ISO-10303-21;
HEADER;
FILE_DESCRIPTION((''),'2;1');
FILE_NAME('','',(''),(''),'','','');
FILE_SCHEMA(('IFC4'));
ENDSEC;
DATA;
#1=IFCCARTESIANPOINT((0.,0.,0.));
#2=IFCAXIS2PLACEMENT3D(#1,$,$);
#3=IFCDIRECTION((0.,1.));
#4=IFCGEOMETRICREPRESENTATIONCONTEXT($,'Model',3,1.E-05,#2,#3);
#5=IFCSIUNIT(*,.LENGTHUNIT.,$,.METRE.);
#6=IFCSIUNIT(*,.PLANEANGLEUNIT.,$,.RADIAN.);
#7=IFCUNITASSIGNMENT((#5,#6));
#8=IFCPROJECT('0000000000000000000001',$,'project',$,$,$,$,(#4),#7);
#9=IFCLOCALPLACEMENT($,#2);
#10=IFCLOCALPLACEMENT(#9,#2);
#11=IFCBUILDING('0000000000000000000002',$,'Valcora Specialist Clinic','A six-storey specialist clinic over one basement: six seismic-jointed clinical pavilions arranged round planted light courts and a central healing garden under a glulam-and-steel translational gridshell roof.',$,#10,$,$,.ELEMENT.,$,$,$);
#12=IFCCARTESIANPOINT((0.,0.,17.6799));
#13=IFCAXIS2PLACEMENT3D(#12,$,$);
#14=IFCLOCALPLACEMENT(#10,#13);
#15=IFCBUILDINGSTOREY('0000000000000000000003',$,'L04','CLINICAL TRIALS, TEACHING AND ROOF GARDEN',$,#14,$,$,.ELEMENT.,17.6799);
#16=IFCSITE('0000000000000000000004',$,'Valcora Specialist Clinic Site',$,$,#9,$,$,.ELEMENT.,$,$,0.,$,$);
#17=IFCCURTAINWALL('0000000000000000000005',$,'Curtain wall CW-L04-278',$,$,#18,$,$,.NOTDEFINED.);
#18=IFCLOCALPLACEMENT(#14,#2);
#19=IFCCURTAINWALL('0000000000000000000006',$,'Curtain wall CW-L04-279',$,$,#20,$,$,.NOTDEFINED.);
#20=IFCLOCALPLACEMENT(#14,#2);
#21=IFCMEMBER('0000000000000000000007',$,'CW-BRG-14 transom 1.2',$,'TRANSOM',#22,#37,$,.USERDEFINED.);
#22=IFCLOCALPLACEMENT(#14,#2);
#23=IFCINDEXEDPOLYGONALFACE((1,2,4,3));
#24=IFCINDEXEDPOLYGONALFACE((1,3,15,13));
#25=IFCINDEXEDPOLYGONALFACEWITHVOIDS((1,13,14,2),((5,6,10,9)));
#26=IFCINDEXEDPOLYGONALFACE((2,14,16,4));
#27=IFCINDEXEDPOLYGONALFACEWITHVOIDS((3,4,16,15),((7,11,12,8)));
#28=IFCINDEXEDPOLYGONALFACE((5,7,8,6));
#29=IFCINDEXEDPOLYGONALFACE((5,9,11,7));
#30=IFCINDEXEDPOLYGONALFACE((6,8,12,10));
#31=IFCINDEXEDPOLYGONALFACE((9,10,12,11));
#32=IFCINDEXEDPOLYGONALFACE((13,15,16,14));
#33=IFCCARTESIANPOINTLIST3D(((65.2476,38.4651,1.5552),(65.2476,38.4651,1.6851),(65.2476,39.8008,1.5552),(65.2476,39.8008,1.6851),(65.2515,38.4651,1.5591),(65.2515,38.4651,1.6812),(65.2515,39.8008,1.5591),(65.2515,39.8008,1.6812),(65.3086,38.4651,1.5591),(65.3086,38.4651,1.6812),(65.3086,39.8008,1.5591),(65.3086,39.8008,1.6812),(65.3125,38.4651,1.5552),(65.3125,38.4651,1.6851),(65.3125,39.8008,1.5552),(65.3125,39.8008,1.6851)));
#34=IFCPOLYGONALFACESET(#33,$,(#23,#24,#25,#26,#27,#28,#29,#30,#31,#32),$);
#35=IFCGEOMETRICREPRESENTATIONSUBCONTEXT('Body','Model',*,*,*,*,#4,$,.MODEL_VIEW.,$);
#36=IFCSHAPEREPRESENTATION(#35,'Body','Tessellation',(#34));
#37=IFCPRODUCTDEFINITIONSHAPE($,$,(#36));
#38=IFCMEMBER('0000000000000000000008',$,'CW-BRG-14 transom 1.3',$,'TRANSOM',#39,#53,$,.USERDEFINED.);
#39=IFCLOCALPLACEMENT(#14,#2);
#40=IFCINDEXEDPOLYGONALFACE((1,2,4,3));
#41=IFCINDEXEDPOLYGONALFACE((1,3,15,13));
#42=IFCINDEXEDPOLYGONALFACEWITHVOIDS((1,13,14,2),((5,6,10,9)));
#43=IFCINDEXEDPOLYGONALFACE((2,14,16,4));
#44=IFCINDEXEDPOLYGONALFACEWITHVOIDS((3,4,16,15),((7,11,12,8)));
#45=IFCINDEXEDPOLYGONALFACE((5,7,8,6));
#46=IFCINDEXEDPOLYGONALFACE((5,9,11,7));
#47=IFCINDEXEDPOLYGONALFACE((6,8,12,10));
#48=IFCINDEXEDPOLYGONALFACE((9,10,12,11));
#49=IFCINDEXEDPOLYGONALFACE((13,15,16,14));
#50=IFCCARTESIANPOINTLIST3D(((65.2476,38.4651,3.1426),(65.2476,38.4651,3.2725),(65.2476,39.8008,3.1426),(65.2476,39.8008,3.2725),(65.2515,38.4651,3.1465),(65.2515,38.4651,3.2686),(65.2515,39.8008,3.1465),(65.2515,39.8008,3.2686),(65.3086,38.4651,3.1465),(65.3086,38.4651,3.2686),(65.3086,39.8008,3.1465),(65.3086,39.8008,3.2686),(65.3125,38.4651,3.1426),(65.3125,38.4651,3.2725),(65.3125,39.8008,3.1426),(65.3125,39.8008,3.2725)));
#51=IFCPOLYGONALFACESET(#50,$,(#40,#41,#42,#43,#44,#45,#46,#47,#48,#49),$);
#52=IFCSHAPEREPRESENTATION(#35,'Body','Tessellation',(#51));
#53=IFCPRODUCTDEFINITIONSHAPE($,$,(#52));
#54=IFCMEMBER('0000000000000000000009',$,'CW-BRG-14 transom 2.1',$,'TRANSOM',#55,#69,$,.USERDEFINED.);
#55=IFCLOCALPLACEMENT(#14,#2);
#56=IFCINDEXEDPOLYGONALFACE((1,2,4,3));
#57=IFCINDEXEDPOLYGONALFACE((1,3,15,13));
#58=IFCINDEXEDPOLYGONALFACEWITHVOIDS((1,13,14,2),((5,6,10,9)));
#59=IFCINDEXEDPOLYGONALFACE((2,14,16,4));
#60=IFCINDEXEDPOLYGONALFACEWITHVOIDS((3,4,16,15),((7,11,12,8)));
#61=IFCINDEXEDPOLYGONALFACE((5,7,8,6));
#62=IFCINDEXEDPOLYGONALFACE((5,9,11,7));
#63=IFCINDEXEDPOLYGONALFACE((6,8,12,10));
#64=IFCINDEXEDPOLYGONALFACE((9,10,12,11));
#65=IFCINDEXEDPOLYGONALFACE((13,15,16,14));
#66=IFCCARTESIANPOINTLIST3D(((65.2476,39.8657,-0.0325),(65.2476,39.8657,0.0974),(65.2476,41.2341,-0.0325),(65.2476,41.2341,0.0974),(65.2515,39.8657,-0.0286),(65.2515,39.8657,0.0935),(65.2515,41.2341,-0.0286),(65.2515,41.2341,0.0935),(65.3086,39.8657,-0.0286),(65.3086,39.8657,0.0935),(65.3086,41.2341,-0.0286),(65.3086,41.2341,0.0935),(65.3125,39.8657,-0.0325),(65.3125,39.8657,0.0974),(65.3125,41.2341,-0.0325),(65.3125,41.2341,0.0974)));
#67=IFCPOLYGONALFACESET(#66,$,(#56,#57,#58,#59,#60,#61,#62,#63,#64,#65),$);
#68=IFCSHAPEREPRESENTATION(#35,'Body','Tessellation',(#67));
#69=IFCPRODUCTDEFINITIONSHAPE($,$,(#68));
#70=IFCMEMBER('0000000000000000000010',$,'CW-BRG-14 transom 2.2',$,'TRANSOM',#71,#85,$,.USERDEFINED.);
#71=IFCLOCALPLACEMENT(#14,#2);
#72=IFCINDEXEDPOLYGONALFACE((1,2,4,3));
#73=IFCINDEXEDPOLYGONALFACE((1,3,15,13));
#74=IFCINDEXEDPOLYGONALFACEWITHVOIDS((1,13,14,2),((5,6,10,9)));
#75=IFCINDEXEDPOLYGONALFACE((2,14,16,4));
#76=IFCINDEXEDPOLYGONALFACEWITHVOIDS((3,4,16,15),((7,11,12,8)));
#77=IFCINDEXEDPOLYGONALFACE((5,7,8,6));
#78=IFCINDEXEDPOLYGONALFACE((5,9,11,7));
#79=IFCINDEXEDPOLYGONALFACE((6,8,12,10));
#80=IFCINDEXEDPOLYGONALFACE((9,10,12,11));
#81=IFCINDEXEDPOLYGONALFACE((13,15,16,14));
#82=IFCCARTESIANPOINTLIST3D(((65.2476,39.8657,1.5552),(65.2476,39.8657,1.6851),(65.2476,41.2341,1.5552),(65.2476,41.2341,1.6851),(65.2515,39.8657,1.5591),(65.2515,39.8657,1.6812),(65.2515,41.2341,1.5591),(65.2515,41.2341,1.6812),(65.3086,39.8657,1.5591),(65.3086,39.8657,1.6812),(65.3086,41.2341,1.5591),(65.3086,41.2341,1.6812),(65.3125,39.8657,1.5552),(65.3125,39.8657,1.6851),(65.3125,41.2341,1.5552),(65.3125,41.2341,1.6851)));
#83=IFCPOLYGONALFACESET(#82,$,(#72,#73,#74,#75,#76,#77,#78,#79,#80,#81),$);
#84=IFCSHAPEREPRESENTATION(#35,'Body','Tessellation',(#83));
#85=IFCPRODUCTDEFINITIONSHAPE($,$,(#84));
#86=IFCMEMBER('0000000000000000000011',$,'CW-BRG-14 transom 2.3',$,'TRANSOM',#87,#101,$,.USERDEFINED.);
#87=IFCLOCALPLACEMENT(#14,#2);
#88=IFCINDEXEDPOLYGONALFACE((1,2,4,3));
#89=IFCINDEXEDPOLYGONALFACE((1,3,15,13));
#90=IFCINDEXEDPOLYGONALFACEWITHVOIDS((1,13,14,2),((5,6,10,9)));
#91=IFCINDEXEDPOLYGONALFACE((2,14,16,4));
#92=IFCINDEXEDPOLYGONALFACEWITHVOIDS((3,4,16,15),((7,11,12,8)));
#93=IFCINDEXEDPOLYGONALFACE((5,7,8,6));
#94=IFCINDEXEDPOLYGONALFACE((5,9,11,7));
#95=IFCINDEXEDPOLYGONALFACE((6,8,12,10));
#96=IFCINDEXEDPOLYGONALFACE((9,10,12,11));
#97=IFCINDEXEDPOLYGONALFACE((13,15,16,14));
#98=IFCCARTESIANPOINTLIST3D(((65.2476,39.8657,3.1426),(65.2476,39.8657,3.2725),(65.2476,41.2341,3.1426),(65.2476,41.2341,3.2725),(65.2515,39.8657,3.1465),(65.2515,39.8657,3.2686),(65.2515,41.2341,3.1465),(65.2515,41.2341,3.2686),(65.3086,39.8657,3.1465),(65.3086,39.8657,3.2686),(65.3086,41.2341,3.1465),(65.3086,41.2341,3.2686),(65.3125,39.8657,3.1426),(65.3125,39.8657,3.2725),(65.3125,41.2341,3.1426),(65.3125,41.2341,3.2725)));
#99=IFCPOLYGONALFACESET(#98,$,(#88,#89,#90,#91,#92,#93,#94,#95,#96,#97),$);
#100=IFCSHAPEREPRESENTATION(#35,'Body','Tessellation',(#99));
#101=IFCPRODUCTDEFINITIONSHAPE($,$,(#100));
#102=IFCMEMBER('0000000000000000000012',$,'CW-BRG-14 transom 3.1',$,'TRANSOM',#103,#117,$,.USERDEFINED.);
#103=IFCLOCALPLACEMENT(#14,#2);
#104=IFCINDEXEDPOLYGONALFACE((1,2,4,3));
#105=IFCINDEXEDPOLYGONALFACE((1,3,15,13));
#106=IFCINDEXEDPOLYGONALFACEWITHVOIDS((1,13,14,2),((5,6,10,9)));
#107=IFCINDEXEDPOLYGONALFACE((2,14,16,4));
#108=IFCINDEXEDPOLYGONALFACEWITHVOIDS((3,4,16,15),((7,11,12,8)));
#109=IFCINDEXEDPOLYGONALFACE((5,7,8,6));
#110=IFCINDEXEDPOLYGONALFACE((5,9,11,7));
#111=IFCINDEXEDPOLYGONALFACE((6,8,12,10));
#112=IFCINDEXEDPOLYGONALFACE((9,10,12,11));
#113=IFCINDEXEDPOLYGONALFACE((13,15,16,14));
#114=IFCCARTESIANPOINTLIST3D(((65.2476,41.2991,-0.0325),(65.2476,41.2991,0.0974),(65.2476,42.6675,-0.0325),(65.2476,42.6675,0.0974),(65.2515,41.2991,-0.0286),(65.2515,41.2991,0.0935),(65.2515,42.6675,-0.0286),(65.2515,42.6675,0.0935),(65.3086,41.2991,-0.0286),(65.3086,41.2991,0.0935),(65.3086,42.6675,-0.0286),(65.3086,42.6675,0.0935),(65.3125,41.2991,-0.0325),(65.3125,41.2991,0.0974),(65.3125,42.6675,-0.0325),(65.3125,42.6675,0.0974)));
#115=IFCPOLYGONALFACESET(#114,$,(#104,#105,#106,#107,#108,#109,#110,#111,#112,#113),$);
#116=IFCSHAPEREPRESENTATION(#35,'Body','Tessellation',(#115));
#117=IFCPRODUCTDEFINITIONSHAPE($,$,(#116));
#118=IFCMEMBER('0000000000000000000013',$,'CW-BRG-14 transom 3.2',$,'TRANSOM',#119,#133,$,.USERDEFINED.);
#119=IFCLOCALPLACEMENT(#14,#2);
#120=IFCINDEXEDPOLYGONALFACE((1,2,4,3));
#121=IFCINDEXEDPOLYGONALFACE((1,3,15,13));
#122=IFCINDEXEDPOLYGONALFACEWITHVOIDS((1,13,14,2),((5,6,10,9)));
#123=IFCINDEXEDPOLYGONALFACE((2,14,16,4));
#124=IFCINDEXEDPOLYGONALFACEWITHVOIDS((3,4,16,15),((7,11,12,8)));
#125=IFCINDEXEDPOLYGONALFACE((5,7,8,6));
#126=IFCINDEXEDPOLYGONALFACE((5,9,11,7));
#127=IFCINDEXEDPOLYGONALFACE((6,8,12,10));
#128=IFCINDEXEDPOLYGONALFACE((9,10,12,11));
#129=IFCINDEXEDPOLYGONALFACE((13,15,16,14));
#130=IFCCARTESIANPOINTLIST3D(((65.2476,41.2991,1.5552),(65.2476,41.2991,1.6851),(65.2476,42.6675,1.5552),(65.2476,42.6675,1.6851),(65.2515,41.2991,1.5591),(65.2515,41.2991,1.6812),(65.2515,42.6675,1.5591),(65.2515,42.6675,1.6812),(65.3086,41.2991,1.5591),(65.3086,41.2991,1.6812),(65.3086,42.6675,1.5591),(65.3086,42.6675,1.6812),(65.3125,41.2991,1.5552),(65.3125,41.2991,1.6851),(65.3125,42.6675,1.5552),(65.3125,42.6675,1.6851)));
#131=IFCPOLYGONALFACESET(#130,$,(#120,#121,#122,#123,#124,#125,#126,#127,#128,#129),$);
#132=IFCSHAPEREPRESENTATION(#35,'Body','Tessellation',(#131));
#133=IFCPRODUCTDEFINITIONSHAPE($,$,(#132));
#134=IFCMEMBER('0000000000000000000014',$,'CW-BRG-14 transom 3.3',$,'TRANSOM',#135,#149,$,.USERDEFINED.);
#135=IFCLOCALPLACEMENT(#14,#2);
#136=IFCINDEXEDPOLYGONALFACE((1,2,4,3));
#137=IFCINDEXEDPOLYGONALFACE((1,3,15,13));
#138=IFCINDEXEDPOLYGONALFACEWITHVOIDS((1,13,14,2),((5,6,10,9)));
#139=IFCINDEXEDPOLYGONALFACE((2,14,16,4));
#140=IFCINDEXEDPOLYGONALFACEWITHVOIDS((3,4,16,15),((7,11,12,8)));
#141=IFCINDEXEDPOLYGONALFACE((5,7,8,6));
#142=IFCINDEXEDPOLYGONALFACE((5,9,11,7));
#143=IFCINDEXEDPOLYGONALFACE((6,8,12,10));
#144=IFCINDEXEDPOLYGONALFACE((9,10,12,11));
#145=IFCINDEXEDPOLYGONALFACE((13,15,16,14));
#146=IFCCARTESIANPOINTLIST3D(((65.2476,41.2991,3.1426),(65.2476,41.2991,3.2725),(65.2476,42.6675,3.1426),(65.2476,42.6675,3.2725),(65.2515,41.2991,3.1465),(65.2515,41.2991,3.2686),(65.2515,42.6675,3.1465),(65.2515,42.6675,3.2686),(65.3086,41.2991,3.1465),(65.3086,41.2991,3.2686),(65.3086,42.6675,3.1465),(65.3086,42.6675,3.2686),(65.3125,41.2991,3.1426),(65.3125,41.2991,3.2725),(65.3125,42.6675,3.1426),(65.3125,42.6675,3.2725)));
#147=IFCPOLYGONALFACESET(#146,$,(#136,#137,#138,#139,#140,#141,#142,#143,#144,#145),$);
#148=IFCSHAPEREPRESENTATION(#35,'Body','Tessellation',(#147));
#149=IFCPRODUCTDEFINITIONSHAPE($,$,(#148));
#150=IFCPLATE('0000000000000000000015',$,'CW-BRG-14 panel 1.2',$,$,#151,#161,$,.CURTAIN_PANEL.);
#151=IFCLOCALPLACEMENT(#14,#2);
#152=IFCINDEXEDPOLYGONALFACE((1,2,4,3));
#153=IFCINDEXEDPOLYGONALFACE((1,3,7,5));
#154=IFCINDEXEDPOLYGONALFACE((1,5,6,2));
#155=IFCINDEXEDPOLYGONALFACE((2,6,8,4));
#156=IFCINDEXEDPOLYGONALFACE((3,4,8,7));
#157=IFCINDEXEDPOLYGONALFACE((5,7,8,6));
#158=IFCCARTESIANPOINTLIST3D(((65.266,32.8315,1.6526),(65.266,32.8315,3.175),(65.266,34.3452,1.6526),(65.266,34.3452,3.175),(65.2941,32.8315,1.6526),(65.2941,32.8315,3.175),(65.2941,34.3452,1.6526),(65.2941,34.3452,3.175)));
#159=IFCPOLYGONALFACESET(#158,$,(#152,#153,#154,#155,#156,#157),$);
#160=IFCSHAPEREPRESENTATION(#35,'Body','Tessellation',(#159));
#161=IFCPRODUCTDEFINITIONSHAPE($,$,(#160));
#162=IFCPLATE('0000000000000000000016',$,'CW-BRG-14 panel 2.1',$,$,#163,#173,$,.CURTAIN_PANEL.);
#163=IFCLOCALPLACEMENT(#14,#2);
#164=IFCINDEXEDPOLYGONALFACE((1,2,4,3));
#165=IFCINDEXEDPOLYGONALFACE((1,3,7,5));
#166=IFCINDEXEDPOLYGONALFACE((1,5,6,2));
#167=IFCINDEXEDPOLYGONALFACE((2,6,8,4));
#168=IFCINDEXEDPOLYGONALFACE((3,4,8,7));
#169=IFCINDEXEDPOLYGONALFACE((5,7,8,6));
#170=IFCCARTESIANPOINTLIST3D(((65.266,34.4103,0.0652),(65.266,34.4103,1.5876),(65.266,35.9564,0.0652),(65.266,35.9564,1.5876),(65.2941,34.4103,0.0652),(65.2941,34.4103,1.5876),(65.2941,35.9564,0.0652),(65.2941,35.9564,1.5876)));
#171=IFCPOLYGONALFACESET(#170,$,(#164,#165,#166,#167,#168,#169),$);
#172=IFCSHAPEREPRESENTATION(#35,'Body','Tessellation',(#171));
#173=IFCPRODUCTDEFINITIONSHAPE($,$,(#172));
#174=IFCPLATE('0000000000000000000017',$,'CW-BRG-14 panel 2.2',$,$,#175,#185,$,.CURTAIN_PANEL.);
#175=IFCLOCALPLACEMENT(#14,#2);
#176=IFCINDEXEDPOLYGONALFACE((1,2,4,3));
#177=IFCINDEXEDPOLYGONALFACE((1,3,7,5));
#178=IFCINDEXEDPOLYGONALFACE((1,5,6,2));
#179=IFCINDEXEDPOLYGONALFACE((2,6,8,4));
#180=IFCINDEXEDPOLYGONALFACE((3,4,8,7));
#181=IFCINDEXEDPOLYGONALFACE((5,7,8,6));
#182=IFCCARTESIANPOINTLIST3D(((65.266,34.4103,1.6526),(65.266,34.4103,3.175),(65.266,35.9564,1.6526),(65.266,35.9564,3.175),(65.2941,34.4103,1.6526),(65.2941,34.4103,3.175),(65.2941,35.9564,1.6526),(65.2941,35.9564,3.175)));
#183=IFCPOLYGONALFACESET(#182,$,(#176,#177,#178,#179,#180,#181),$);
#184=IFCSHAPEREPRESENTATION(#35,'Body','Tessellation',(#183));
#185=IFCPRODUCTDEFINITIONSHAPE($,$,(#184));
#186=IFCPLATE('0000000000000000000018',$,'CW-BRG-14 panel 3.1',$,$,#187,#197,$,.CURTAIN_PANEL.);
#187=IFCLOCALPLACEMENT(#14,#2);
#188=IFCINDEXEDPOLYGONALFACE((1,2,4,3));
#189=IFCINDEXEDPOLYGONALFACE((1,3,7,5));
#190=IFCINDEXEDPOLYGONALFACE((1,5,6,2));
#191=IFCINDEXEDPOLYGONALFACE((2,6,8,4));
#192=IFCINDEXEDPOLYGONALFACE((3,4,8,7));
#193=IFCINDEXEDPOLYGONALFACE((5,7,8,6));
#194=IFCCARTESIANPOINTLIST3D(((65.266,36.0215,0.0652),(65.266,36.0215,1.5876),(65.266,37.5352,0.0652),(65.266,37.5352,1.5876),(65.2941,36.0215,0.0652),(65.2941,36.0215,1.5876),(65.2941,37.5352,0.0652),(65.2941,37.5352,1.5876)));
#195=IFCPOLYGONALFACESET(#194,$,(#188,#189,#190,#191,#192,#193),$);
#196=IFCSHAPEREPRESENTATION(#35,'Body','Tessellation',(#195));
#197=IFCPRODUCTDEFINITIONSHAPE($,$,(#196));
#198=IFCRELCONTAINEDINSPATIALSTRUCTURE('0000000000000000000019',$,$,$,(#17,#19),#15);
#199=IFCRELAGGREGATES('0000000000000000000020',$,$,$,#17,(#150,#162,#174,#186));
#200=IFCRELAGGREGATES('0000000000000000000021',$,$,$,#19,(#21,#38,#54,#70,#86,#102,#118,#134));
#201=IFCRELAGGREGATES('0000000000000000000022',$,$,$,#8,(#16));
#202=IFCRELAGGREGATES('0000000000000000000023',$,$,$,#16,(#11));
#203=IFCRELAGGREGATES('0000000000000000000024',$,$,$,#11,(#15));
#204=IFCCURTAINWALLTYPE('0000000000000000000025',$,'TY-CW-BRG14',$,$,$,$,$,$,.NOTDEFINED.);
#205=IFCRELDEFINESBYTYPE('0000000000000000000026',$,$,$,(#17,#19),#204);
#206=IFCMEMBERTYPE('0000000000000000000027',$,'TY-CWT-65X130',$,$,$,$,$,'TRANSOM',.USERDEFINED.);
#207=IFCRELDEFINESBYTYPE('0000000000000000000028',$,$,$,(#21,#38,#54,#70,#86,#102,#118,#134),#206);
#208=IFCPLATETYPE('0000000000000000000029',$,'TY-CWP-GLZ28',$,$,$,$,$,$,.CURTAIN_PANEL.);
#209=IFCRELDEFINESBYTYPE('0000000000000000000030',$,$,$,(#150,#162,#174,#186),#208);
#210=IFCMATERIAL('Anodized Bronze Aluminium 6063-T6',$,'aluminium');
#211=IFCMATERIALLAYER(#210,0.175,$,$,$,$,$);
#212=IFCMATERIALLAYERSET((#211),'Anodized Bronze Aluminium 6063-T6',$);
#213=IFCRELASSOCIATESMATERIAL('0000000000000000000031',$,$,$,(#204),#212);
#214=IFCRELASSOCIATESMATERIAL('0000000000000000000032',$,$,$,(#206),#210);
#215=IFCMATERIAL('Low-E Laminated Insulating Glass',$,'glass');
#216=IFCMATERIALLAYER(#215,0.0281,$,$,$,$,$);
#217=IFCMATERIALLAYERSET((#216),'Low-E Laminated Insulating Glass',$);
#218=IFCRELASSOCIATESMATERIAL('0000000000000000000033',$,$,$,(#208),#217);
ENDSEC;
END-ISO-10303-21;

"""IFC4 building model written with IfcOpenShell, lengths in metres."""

from ifc_helpers import new_model, si_unit, direction, frame, origin, origin_2d, place, context, subcontext, project, spatial, rectangle, hollow_rectangle, extrude, material, layer, layer_set, material_profile, profile_set, type_object, element, aggregate, save


model = new_model("IFC4")

# Units and contexts
model_context = context("Model", 3, precision=1e-05, world=origin(), true_north=direction((0.0, 1.0)))
body_context = subcontext(model_context, "Body", "Model", "MODEL_VIEW")
ifc_project = project(units=[si_unit("LENGTHUNIT", "METRE"), si_unit("PLANEANGLEUNIT", "RADIAN")], contexts=[model_context])

# Site, building, storey
site_placement = place(None, origin())
site = spatial("IfcSite", under=ifc_project, at=site_placement, Name="Valcora Specialist Clinic Site", CompositionType="ELEMENT", RefElevation=0.0)
building_placement = place(site_placement, origin())
building = spatial("IfcBuilding", under=site, at=building_placement, Name="Valcora Specialist Clinic", Description="A six-storey specialist clinic over one basement: six seismic-jointed clinical pavilions arranged round planted light courts and a central healing garden under a glulam-and-steel translational gridshell roof.", CompositionType="ELEMENT")
storey_placement = place(building_placement, frame((0.0, 0.0, 17.6799)))
storey = spatial("IfcBuildingStorey", under=building, at=storey_placement, Name="L04", Description="CLINICAL TRIALS, TEACHING AND ROOF GARDEN", CompositionType="ELEMENT", Elevation=17.6799)

# Curtain walls
ifc_material_1 = material(Name="Anodized Bronze Aluminium 6063-T6", Category="aluminium")
ifc_layer_1 = layer(ifc_material_1, 0.175)
ifc_layer_set_1 = layer_set([ifc_layer_1], Name="Anodized Bronze Aluminium 6063-T6")
curtain_wall_type = type_object("IfcCurtainWallType", Name="TY-CW-BRG14", PredefinedType="NOTDEFINED", material=ifc_layer_set_1)
curtain_wall_1_placement = place(storey_placement, origin())
curtain_wall_1 = element("IfcCurtainWall", 1, at=curtain_wall_1_placement, inside=storey, type_object=curtain_wall_type, Name="Curtain wall CW-L04-278", PredefinedType="NOTDEFINED")
curtain_wall_2_placement = place(storey_placement, origin())
curtain_wall_2 = element("IfcCurtainWall", 2, at=curtain_wall_2_placement, inside=storey, type_object=curtain_wall_type, Name="Curtain wall CW-L04-279", PredefinedType="NOTDEFINED")

# Members
ifc_material_profile_1 = material_profile(ifc_material_1, hollow_rectangle(XDim=0.0649, YDim=0.1299, WallThickness=0.0039, at=origin_2d()), Name="AL-TRN-65X130")
ifc_profile_set_1 = profile_set([ifc_material_profile_1], Name="Anodized Bronze Aluminium 6063-T6")
member_type_1 = type_object("IfcMemberType", Name="TY-CWT-65X130", ElementType="TRANSOM", PredefinedType="USERDEFINED", material=ifc_profile_set_1)
member_1_placement = place(storey_placement, frame((65.28, 38.4651, 1.6201), z_axis=(0.0, 1.0, 0.0), x_axis=(-1.0, 0.0, 0.0)))
member_1 = element("IfcMember", 3, at=member_1_placement, type_object=member_type_1, Name="CW-BRG-14 transom 1.2", ObjectType="TRANSOM", PredefinedType="USERDEFINED", context=body_context, shape_type="SweptSolid", body=[
    extrude(hollow_rectangle(XDim=0.0649, YDim=0.1299, WallThickness=0.0039, at=origin_2d()), origin(), (0.0, 0.0, 1.0), 1.3357),
])
member_2_placement = place(storey_placement, frame((65.28, 38.4651, 3.2075), z_axis=(0.0, 1.0, 0.0), x_axis=(-1.0, 0.0, 0.0)))
member_2 = element("IfcMember", 4, at=member_2_placement, type_object=member_type_1, Name="CW-BRG-14 transom 1.3", ObjectType="TRANSOM", PredefinedType="USERDEFINED", context=body_context, shape_type="SweptSolid", body=[
    extrude(hollow_rectangle(XDim=0.0649, YDim=0.1299, WallThickness=0.0039, at=origin_2d()), origin(), (0.0, 0.0, 1.0), 1.3357),
])
member_3_placement = place(storey_placement, frame((65.28, 39.8657, 0.0325), z_axis=(0.0, 1.0, 0.0), x_axis=(-1.0, 0.0, 0.0)))
member_3 = element("IfcMember", 5, at=member_3_placement, type_object=member_type_1, Name="CW-BRG-14 transom 2.1", ObjectType="TRANSOM", PredefinedType="USERDEFINED", context=body_context, shape_type="SweptSolid", body=[
    extrude(hollow_rectangle(XDim=0.0649, YDim=0.1299, WallThickness=0.0039, at=origin_2d()), origin(), (0.0, 0.0, 1.0), 1.3684),
])
member_4_placement = place(storey_placement, frame((65.28, 39.8657, 1.6201), z_axis=(0.0, 1.0, 0.0), x_axis=(-1.0, 0.0, 0.0)))
member_4 = element("IfcMember", 6, at=member_4_placement, type_object=member_type_1, Name="CW-BRG-14 transom 2.2", ObjectType="TRANSOM", PredefinedType="USERDEFINED", context=body_context, shape_type="SweptSolid", body=[
    extrude(hollow_rectangle(XDim=0.0649, YDim=0.1299, WallThickness=0.0039, at=origin_2d()), origin(), (0.0, 0.0, 1.0), 1.3684),
])
member_5_placement = place(storey_placement, frame((65.28, 39.8657, 3.2075), z_axis=(0.0, 1.0, 0.0), x_axis=(-1.0, 0.0, 0.0)))
member_5 = element("IfcMember", 7, at=member_5_placement, type_object=member_type_1, Name="CW-BRG-14 transom 2.3", ObjectType="TRANSOM", PredefinedType="USERDEFINED", context=body_context, shape_type="SweptSolid", body=[
    extrude(hollow_rectangle(XDim=0.0649, YDim=0.1299, WallThickness=0.0039, at=origin_2d()), origin(), (0.0, 0.0, 1.0), 1.3684),
])
member_6_placement = place(storey_placement, frame((65.28, 41.2991, 0.0325), z_axis=(0.0, 1.0, 0.0), x_axis=(-1.0, 0.0, 0.0)))
member_6 = element("IfcMember", 8, at=member_6_placement, type_object=member_type_1, Name="CW-BRG-14 transom 3.1", ObjectType="TRANSOM", PredefinedType="USERDEFINED", context=body_context, shape_type="SweptSolid", body=[
    extrude(hollow_rectangle(XDim=0.0649, YDim=0.1299, WallThickness=0.0039, at=origin_2d()), origin(), (0.0, 0.0, 1.0), 1.3684),
])
member_7_placement = place(storey_placement, frame((65.28, 41.2991, 1.6201), z_axis=(0.0, 1.0, 0.0), x_axis=(-1.0, 0.0, 0.0)))
member_7 = element("IfcMember", 9, at=member_7_placement, type_object=member_type_1, Name="CW-BRG-14 transom 3.2", ObjectType="TRANSOM", PredefinedType="USERDEFINED", context=body_context, shape_type="SweptSolid", body=[
    extrude(hollow_rectangle(XDim=0.0649, YDim=0.1299, WallThickness=0.0039, at=origin_2d()), origin(), (0.0, 0.0, 1.0), 1.3684),
])
member_8_placement = place(storey_placement, frame((65.28, 41.2991, 3.2075), z_axis=(0.0, 1.0, 0.0), x_axis=(-1.0, 0.0, 0.0)))
member_8 = element("IfcMember", 10, at=member_8_placement, type_object=member_type_1, Name="CW-BRG-14 transom 3.3", ObjectType="TRANSOM", PredefinedType="USERDEFINED", context=body_context, shape_type="SweptSolid", body=[
    extrude(hollow_rectangle(XDim=0.0649, YDim=0.1299, WallThickness=0.0039, at=origin_2d()), origin(), (0.0, 0.0, 1.0), 1.3684),
])

# Plates
ifc_material_2 = material(Name="Low-E Laminated Insulating Glass", Category="glass")
ifc_layer_2 = layer(ifc_material_2, 0.0281)
ifc_layer_set_2 = layer_set([ifc_layer_2], Name="Low-E Laminated Insulating Glass")
plate_type_1 = type_object("IfcPlateType", Name="TY-CWP-GLZ28", PredefinedType="CURTAIN_PANEL", material=ifc_layer_set_2)
plate_1_placement = place(storey_placement, frame((65.28, 33.5884, 1.6526), z_axis=(0.0, 0.0, 1.0), x_axis=(0.0, 1.0, 0.0)))
plate_1 = element("IfcPlate", 11, at=plate_1_placement, type_object=plate_type_1, Name="CW-BRG-14 panel 1.2", PredefinedType="CURTAIN_PANEL", context=body_context, shape_type="SweptSolid", body=[
    extrude(rectangle(XDim=1.5137, YDim=0.0281, at=origin_2d()), origin(), (0.0, 0.0, 1.0), 1.5225),
])
plate_2_placement = place(storey_placement, frame((65.28, 35.1833, 0.0652), z_axis=(0.0, 0.0, 1.0), x_axis=(0.0, 1.0, 0.0)))
plate_2 = element("IfcPlate", 12, at=plate_2_placement, type_object=plate_type_1, Name="CW-BRG-14 panel 2.1", PredefinedType="CURTAIN_PANEL", context=body_context, shape_type="SweptSolid", body=[
    extrude(rectangle(XDim=1.5461, YDim=0.0281, at=origin_2d()), origin(), (0.0, 0.0, 1.0), 1.5225),
])
plate_3_placement = place(storey_placement, frame((65.28, 35.1833, 1.6526), z_axis=(0.0, 0.0, 1.0), x_axis=(0.0, 1.0, 0.0)))
plate_3 = element("IfcPlate", 13, at=plate_3_placement, type_object=plate_type_1, Name="CW-BRG-14 panel 2.2", PredefinedType="CURTAIN_PANEL", context=body_context, shape_type="SweptSolid", body=[
    extrude(rectangle(XDim=1.5461, YDim=0.0281, at=origin_2d()), origin(), (0.0, 0.0, 1.0), 1.5225),
])
plate_4_placement = place(storey_placement, frame((65.28, 36.7783, 0.0652), z_axis=(0.0, 0.0, 1.0), x_axis=(0.0, 1.0, 0.0)))
plate_4 = element("IfcPlate", 14, at=plate_4_placement, type_object=plate_type_1, Name="CW-BRG-14 panel 3.1", PredefinedType="CURTAIN_PANEL", context=body_context, shape_type="SweptSolid", body=[
    extrude(rectangle(XDim=1.5137, YDim=0.0281, at=origin_2d()), origin(), (0.0, 0.0, 1.0), 1.5225),
])
aggregate(curtain_wall_1, [plate_1, plate_2, plate_3, plate_4])
aggregate(curtain_wall_2, [member_1, member_2, member_3, member_4, member_5, member_6, member_7, member_8])

save(model, "model.ifc")
